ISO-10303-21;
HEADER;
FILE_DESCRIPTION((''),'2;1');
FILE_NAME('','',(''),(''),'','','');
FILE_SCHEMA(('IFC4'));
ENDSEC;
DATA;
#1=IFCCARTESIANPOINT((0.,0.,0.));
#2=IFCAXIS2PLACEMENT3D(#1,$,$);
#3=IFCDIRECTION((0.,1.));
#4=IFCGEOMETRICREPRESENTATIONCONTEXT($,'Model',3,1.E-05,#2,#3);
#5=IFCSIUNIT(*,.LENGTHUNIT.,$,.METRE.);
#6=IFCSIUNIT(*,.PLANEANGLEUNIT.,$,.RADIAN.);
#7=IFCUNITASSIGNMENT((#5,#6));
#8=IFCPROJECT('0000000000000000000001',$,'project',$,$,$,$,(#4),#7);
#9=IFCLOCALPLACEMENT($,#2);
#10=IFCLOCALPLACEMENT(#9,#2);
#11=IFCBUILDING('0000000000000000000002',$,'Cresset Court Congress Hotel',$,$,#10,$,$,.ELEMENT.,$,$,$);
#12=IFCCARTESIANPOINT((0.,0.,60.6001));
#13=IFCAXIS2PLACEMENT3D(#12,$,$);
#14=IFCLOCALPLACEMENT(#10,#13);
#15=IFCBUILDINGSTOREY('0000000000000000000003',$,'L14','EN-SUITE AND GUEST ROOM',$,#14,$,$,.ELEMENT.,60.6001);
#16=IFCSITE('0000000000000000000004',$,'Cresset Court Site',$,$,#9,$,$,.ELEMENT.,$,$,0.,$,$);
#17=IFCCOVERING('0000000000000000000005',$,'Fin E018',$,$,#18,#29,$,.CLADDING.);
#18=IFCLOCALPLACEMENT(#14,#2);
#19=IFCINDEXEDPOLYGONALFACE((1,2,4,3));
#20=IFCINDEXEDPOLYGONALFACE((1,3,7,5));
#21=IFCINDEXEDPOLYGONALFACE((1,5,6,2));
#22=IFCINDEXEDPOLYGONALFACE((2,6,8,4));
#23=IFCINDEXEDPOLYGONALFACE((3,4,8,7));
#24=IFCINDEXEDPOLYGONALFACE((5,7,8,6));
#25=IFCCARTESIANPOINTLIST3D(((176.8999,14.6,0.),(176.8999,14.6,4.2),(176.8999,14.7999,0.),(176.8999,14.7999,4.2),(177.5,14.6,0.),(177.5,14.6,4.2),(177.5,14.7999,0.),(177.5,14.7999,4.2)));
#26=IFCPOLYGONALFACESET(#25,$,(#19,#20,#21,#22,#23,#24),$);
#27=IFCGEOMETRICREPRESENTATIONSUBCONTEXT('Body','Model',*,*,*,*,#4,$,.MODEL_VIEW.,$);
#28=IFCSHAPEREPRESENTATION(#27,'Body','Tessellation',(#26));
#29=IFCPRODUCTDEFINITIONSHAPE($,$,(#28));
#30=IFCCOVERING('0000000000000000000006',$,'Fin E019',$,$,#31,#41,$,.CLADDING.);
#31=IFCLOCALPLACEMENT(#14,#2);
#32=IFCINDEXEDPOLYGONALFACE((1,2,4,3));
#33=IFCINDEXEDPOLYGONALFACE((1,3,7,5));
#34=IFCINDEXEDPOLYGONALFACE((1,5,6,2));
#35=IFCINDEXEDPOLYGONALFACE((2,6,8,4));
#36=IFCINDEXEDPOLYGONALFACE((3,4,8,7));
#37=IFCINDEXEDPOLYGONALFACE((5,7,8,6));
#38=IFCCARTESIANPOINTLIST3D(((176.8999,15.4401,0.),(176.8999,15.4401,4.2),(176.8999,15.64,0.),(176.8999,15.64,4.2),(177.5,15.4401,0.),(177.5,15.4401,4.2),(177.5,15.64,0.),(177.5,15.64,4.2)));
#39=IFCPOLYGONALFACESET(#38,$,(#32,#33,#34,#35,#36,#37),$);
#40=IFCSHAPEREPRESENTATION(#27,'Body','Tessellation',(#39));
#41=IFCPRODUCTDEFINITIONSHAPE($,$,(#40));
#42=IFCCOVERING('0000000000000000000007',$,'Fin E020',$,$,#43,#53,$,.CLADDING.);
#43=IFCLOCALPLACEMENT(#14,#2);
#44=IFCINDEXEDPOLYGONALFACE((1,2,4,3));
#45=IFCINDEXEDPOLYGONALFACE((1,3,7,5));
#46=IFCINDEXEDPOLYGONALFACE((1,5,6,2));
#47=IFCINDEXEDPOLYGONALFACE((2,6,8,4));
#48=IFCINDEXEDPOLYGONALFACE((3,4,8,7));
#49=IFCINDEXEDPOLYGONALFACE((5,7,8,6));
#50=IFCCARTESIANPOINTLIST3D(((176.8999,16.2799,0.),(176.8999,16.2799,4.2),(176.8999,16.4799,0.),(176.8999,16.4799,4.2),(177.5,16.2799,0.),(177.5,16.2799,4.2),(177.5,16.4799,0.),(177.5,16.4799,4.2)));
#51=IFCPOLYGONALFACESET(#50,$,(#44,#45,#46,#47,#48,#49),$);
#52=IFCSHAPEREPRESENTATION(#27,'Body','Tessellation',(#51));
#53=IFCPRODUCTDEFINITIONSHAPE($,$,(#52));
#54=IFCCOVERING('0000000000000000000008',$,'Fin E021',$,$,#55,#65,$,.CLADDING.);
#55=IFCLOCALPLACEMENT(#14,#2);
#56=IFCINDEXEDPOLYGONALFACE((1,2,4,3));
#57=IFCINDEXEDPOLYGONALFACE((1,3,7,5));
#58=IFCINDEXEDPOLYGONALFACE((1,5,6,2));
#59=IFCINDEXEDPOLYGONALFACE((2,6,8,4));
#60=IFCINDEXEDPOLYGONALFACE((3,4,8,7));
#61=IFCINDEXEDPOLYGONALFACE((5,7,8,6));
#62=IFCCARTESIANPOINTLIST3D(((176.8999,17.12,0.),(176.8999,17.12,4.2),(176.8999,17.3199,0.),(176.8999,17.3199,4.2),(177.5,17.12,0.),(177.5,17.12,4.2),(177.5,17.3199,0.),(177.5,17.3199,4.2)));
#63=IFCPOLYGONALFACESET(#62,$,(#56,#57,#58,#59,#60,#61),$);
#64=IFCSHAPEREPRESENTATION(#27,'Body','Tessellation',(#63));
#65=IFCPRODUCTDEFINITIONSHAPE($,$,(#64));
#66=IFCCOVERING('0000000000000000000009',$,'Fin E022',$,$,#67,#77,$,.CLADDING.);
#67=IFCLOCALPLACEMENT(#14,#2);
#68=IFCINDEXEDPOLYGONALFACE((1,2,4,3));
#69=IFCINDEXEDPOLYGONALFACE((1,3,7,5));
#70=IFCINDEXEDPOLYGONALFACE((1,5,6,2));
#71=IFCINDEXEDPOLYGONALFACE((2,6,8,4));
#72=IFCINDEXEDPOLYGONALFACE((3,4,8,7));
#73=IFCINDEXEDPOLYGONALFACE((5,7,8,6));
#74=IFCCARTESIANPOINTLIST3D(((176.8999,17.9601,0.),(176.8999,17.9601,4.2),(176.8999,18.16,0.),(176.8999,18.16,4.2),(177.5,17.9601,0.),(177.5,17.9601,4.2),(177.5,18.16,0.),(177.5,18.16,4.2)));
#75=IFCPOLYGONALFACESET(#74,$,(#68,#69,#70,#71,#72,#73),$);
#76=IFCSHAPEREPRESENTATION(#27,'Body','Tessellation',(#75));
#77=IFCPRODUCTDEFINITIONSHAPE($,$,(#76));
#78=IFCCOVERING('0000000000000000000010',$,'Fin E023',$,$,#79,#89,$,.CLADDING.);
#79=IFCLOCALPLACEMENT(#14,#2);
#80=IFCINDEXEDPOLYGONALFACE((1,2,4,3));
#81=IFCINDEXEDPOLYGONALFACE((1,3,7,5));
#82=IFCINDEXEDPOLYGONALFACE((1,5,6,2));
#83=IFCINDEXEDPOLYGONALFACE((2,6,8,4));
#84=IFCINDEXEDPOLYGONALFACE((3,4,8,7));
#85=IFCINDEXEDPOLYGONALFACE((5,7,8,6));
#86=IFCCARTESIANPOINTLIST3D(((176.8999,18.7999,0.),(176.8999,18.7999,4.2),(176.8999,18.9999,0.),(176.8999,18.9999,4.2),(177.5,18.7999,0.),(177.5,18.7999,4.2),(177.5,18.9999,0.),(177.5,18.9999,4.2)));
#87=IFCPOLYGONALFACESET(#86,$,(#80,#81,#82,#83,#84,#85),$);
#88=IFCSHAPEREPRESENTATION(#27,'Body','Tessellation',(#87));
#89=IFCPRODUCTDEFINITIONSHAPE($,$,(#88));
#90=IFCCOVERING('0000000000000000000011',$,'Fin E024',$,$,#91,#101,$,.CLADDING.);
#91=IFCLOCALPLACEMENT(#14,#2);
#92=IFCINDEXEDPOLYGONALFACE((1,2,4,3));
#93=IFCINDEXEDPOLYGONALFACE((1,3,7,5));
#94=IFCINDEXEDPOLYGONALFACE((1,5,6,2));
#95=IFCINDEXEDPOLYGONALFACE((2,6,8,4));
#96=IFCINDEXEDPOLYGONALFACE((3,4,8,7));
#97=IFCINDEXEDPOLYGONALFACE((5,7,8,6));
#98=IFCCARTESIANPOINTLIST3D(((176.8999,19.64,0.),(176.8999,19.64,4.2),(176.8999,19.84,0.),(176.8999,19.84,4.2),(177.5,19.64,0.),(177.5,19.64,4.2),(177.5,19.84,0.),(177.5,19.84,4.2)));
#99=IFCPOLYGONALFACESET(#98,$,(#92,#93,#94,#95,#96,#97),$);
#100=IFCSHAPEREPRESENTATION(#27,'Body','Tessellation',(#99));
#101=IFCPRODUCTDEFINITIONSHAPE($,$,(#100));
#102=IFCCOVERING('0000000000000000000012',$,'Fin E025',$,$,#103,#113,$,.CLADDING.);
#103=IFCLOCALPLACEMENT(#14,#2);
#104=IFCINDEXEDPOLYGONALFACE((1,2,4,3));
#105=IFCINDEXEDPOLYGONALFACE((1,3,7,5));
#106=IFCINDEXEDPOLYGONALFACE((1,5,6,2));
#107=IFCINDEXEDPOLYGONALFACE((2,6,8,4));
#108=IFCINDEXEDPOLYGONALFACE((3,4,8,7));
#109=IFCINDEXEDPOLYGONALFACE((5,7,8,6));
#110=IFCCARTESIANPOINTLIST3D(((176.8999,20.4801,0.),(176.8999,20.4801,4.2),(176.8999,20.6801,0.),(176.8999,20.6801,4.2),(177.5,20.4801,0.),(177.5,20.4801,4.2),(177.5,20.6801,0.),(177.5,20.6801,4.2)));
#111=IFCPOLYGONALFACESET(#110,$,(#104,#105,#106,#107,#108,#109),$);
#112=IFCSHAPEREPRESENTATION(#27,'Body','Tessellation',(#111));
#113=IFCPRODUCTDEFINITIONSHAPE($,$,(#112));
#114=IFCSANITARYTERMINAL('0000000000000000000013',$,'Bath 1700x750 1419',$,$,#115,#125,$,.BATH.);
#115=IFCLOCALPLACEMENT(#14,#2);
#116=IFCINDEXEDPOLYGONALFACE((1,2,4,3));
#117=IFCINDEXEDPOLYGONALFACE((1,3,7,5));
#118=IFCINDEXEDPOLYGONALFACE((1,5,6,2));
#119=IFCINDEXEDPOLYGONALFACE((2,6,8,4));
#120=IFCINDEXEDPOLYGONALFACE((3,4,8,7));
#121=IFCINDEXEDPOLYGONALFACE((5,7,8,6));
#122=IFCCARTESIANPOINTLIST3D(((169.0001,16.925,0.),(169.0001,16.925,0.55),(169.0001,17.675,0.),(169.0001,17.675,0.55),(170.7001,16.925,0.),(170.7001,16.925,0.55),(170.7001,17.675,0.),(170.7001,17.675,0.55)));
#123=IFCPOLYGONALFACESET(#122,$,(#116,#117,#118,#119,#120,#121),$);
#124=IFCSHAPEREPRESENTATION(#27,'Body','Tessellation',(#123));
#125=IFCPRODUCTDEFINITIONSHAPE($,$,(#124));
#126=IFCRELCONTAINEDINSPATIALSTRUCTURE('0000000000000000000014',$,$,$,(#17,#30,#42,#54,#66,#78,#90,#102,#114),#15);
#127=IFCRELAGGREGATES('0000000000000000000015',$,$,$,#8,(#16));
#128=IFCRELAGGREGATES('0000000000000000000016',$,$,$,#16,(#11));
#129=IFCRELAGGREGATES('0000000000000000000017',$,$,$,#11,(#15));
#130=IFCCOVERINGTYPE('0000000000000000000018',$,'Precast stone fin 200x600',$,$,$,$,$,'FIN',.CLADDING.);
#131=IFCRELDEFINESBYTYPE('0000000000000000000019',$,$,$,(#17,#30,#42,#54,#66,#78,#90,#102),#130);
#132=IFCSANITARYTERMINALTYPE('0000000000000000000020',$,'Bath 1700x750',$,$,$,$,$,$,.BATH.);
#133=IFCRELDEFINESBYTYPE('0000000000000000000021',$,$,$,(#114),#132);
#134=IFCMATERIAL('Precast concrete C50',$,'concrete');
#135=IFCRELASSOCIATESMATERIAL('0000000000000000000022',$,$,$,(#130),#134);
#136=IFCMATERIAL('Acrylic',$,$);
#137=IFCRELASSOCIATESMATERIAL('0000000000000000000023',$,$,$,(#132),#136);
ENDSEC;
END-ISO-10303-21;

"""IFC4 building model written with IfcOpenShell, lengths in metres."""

from ifc_helpers import new_model, si_unit, direction, frame, origin, origin_2d, place, context, subcontext, project, spatial, rectangle, extrude, material, type_object, element, save


model = new_model("IFC4")

# Units and contexts
model_context = context("Model", 3, precision=1e-05, world=origin(), true_north=direction((0.0, 1.0)))
body_context = subcontext(model_context, "Body", "Model", "MODEL_VIEW")
ifc_project = project(units=[si_unit("LENGTHUNIT", "METRE"), si_unit("PLANEANGLEUNIT", "RADIAN")], contexts=[model_context])

# Site, building, storey
site_placement = place(None, origin())
site = spatial("IfcSite", under=ifc_project, at=site_placement, Name="Cresset Court Site", CompositionType="ELEMENT", RefElevation=0.0)
building_placement = place(site_placement, origin())
building = spatial("IfcBuilding", under=site, at=building_placement, Name="Cresset Court Congress Hotel", CompositionType="ELEMENT")
storey_placement = place(building_placement, frame((0.0, 0.0, 60.6001)))
storey = spatial("IfcBuildingStorey", under=building, at=storey_placement, Name="L14", Description="EN-SUITE AND GUEST ROOM", CompositionType="ELEMENT", Elevation=60.6001)

# Coverings
ifc_material_1 = material(Name="Precast concrete C50", Category="concrete")
covering_type = type_object("IfcCoveringType", Name="Precast stone fin 200x600", ElementType="FIN", PredefinedType="CLADDING", material=ifc_material_1)
for number, where, z_axis, x_axis, name in (
    (1, (177.2, 14.7, 0.0), (0.0, 0.0, 1.0), (1.0, 0.0, 0.0), "Fin E018"),
    (2, (177.2, 15.54, 0.0), (0.0, 0.0, 1.0), (1.0, 0.0, 0.0), "Fin E019"),
    (3, (177.2, 16.3799, 0.0), (0.0, 0.0, 1.0), (1.0, 0.0, 0.0), "Fin E020"),
    (4, (177.2, 17.22, 0.0), (0.0, 0.0, 1.0), (1.0, 0.0, 0.0), "Fin E021"),
    (5, (177.2, 18.0601, 0.0), (0.0, 0.0, 1.0), (1.0, 0.0, 0.0), "Fin E022"),
    (6, (177.2, 18.8999, 0.0), (0.0, 0.0, 1.0), (1.0, 0.0, 0.0), "Fin E023"),
    (7, (177.2, 19.74, 0.0), (0.0, 0.0, 1.0), (1.0, 0.0, 0.0), "Fin E024"),
    (8, (177.2, 20.5801, 0.0), (0.0, 0.0, 1.0), (1.0, 0.0, 0.0), "Fin E025"),
):
    element("IfcCovering", number, at=place(storey_placement, frame(where, z_axis=z_axis, x_axis=x_axis)), inside=storey, type_object=covering_type, Name=name, PredefinedType="CLADDING", context=body_context, shape_type="SweptSolid", body=[
        extrude(rectangle(XDim=0.6001, YDim=0.2, at=origin_2d()), origin(), (0.0, 0.0, 1.0), 4.2),
    ])

# Sanitary terminal
ifc_material_2 = material(Name="Acrylic")
sanitary_terminal_type = type_object("IfcSanitaryTerminalType", Name="Bath 1700x750", PredefinedType="BATH", material=ifc_material_2)
sanitary_terminal_placement = place(storey_placement, frame((169.8501, 17.3, 0.0), z_axis=(0.0, 0.0, 1.0), x_axis=(1.0, 0.0, 0.0)))
element("IfcSanitaryTerminal", 9, at=sanitary_terminal_placement, inside=storey, type_object=sanitary_terminal_type, Name="Bath 1700x750 1419", PredefinedType="BATH", context=body_context, shape_type="SweptSolid", body=[
    extrude(rectangle(XDim=1.7, YDim=0.75, at=origin_2d()), origin(), (0.0, 0.0, 1.0), 0.55),
])

save(model, "model.ifc")
